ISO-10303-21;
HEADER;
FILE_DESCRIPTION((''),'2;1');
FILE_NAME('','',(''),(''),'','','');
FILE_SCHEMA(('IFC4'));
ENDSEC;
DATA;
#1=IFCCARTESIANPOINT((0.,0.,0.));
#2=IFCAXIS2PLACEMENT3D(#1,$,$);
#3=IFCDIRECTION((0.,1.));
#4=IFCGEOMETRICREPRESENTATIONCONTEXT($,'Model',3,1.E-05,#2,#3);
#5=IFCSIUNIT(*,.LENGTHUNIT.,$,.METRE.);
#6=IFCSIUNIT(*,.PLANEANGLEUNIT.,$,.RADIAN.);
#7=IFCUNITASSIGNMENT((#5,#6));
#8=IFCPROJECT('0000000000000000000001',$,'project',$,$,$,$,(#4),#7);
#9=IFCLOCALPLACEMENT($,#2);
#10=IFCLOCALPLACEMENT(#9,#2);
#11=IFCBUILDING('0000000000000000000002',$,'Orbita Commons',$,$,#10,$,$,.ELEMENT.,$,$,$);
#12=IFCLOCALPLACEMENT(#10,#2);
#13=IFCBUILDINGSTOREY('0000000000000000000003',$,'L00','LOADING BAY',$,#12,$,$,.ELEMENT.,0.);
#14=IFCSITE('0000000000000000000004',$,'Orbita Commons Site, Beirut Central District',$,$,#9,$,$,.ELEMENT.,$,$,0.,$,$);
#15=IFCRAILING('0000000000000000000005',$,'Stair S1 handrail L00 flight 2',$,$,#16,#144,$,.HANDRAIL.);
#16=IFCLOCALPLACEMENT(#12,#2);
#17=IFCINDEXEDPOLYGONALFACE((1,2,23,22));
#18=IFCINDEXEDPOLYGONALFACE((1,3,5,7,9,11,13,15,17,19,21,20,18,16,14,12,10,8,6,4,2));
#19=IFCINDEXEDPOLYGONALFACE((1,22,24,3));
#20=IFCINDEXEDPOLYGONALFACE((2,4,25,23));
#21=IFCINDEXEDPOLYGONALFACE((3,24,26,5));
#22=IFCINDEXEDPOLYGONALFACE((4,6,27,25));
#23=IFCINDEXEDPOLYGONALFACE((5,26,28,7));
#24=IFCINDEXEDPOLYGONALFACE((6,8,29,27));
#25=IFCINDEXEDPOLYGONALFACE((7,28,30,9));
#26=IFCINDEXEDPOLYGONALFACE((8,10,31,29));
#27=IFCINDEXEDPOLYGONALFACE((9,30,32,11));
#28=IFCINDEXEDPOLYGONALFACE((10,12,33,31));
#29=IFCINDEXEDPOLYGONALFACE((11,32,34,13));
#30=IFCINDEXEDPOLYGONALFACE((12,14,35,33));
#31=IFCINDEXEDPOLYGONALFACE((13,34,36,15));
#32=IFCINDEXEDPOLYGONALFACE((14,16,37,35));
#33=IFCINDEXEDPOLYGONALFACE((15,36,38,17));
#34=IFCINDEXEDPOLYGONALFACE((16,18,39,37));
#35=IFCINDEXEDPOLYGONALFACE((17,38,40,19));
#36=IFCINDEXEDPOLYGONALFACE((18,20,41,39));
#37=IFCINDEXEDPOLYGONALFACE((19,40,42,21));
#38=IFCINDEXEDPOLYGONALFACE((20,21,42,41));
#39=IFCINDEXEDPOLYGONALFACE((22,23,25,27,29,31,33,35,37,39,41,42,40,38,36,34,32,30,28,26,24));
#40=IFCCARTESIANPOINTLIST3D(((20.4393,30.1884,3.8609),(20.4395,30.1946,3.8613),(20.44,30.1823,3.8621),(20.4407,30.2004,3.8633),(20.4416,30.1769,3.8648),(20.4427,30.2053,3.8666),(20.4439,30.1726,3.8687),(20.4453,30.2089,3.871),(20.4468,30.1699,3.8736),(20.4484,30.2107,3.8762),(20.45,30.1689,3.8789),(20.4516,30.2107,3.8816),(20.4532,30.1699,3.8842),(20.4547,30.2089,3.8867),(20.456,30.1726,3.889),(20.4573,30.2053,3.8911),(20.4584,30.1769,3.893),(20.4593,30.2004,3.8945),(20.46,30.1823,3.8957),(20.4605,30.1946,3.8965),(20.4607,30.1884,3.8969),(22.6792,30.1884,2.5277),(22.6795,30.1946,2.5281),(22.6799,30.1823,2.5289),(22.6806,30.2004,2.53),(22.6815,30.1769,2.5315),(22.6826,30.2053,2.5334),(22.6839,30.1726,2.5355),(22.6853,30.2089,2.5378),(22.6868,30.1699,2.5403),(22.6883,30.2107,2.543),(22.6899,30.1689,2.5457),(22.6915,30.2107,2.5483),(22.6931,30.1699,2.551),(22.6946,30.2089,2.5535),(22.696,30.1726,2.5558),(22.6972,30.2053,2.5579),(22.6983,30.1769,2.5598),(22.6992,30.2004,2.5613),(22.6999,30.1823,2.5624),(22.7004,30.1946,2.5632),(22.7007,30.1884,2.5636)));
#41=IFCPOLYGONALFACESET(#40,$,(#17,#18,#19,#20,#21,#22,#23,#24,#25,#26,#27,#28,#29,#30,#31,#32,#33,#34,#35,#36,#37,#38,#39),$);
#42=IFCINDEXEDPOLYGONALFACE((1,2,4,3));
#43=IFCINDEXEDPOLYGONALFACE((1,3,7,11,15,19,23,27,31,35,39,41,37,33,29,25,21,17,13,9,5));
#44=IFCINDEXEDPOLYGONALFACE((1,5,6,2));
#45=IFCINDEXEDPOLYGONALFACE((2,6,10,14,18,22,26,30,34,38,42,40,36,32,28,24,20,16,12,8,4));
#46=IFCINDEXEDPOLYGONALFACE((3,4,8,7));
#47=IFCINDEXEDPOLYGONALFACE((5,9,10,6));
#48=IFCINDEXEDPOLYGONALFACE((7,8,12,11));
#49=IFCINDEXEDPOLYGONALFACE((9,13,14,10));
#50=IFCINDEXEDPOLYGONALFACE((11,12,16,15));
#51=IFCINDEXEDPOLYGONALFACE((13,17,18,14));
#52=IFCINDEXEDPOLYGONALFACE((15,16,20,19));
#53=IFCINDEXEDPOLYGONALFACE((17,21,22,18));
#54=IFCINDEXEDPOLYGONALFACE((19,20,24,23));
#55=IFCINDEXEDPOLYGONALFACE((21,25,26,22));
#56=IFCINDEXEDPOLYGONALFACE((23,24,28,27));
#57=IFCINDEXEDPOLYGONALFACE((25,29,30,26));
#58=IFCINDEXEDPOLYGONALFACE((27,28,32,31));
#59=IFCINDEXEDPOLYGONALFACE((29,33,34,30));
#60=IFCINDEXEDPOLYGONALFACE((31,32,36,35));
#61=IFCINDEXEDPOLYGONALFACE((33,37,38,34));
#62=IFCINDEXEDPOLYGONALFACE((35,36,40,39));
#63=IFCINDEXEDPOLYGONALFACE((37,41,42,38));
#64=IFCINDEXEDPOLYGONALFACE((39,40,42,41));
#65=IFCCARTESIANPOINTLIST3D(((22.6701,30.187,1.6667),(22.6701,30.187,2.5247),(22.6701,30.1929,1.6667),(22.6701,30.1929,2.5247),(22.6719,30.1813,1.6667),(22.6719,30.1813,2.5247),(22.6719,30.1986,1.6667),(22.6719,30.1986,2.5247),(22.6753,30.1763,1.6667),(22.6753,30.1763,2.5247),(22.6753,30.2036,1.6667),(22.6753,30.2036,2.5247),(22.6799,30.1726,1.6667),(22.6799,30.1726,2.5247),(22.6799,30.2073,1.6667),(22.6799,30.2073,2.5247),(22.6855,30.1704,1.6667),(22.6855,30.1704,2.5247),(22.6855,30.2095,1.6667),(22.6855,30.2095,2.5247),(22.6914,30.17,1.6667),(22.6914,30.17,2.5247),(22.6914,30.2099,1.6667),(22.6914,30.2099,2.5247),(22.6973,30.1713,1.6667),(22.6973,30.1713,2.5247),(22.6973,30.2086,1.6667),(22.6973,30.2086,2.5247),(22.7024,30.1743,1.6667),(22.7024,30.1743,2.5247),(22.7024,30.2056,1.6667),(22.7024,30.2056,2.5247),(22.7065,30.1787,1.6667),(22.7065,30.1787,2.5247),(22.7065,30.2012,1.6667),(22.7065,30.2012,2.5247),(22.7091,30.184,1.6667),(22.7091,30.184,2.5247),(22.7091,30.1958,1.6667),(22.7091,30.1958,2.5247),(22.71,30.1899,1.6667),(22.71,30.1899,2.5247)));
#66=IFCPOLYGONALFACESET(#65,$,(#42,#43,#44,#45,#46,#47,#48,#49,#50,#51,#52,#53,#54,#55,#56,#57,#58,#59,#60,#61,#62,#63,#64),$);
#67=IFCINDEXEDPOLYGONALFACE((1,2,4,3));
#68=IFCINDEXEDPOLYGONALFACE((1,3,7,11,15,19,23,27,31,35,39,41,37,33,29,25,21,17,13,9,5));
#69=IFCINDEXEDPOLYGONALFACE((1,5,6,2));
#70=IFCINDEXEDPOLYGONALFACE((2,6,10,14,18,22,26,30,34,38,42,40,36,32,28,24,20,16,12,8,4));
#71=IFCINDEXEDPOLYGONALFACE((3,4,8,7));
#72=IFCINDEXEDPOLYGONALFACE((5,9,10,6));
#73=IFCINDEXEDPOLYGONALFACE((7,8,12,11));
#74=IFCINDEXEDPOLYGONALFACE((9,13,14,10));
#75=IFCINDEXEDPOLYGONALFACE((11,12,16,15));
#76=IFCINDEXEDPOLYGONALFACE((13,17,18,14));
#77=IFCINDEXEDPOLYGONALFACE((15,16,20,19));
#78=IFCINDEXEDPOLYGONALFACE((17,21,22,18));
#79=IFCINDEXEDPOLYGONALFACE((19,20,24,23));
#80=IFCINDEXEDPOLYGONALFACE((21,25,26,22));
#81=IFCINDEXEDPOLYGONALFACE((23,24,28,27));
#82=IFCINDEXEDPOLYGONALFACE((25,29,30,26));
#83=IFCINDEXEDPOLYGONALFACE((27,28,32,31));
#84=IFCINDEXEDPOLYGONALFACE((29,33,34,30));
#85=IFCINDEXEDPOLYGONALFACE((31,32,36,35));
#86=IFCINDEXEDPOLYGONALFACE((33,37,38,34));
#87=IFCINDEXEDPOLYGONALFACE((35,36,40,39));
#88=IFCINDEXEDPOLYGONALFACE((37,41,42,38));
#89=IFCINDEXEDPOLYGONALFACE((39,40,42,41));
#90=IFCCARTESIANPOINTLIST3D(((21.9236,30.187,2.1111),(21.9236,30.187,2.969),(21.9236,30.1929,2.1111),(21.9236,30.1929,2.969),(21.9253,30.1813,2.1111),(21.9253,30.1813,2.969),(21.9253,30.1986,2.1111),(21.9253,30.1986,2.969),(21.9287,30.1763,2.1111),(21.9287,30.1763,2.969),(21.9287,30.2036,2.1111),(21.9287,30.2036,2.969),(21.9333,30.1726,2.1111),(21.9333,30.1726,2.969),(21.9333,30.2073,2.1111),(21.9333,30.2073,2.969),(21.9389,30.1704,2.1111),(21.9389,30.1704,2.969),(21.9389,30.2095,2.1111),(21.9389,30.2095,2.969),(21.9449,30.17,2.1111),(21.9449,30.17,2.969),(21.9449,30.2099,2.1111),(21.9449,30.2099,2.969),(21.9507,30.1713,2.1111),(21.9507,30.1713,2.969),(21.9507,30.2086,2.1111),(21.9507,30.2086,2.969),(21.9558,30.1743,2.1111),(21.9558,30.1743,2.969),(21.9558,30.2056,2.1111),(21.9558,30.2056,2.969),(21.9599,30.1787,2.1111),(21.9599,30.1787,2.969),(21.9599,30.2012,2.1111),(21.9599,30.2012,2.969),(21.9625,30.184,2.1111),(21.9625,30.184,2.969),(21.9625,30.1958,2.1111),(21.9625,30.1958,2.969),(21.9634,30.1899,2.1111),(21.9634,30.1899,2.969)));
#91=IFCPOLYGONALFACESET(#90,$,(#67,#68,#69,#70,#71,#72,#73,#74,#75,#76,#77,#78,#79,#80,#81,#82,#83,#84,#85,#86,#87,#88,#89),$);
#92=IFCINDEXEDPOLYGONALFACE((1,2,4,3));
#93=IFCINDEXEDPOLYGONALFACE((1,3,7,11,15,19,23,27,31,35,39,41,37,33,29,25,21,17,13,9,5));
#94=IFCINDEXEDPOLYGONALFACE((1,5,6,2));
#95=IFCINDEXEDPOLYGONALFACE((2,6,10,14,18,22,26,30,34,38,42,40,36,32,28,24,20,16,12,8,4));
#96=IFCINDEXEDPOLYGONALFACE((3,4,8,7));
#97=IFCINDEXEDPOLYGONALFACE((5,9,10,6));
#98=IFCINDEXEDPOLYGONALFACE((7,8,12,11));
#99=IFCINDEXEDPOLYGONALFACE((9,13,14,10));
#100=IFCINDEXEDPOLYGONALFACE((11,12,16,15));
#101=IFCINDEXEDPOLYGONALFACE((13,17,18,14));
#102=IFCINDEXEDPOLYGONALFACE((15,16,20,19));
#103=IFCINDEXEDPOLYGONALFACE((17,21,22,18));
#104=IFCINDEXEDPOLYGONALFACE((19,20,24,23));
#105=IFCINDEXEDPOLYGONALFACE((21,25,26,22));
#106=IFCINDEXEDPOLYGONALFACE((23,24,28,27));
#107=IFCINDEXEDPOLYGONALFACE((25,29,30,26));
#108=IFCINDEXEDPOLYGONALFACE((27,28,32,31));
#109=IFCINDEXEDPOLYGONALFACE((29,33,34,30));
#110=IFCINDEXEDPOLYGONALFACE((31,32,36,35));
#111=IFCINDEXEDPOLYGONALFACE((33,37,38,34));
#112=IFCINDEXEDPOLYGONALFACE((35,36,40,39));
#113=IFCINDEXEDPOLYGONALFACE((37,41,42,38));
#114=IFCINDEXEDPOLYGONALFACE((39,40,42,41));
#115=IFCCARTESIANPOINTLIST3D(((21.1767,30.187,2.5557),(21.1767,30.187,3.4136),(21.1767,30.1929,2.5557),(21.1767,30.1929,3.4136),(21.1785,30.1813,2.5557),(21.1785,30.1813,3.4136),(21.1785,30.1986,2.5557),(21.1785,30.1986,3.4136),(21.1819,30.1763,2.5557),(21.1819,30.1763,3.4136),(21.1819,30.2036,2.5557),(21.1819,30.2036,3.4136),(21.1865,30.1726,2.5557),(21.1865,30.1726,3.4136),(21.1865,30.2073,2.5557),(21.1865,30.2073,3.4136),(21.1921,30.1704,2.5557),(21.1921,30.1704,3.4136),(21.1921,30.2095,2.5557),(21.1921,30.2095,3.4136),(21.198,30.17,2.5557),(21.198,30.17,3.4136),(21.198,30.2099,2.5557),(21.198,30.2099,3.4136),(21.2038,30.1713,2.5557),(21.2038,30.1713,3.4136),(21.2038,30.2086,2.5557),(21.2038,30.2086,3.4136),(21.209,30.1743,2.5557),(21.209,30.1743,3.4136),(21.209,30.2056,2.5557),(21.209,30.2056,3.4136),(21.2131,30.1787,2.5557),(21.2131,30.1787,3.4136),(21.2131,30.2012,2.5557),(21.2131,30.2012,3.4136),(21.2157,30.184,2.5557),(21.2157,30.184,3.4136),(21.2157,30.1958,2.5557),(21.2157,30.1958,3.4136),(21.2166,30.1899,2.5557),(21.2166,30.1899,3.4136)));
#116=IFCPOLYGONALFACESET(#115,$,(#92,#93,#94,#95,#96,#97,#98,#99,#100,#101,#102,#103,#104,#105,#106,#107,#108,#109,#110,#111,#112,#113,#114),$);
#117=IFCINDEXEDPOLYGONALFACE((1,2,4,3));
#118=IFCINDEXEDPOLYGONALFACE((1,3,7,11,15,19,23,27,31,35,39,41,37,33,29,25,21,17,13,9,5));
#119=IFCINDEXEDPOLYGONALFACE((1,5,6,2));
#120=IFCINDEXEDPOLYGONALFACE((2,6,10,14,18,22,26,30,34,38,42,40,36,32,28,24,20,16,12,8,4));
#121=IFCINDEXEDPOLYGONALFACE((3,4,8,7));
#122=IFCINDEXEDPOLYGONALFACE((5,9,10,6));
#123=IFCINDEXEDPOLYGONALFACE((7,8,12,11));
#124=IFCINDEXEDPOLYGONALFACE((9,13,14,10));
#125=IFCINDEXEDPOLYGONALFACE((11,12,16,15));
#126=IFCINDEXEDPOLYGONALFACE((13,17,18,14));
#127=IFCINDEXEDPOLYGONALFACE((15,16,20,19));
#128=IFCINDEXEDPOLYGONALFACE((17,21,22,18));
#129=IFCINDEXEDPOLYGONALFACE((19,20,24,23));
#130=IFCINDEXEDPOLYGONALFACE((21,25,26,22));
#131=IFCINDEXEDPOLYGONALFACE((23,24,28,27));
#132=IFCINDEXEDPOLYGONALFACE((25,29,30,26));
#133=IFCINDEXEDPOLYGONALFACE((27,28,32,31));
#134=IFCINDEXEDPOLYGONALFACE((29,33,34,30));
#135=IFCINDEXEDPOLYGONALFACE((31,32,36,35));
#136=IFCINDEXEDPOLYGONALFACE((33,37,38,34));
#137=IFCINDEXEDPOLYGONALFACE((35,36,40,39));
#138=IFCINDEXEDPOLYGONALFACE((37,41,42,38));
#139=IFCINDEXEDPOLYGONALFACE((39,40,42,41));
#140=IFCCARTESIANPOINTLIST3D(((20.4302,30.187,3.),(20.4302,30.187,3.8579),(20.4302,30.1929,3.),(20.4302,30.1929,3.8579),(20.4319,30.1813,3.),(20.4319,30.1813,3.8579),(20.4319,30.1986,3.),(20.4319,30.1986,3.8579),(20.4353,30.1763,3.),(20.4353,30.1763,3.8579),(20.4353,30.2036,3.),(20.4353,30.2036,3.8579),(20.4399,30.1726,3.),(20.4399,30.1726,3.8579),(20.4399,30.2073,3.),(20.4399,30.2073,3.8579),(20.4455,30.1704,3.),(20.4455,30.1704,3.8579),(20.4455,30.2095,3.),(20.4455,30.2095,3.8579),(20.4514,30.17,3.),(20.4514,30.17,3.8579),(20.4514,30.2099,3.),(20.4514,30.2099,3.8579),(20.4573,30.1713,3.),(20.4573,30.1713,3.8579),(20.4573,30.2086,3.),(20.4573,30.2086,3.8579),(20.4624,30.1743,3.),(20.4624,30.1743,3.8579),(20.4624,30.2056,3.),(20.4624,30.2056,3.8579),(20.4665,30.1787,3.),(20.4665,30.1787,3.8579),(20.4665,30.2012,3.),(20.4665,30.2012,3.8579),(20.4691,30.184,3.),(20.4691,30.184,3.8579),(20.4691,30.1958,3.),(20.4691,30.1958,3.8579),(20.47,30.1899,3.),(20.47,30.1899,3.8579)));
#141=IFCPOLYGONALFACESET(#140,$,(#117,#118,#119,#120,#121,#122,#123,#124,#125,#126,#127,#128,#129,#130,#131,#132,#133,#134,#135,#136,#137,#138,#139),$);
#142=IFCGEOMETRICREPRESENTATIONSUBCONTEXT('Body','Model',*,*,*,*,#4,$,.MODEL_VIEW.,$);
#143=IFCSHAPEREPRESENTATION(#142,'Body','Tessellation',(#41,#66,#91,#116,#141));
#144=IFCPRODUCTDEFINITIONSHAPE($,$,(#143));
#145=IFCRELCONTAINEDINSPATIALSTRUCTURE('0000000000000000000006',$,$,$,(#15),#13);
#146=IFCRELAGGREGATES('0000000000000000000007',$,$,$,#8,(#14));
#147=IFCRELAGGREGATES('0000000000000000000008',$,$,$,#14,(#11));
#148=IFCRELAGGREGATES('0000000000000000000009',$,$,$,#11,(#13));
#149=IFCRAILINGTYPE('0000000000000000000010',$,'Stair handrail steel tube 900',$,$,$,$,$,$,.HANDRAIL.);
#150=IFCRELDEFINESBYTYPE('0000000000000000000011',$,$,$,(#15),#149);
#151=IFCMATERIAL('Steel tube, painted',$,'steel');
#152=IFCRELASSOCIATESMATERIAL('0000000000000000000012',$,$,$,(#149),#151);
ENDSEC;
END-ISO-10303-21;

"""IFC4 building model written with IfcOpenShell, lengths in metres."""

from ifc_helpers import new_model, si_unit, direction, frame, origin, origin_2d, place, context, subcontext, project, spatial, circle, extrude, material, type_object, element, save


model = new_model("IFC4")

# Units and contexts
model_context = context("Model", 3, precision=1e-05, world=origin(), true_north=direction((0.0, 1.0)))
body_context = subcontext(model_context, "Body", "Model", "MODEL_VIEW")
ifc_project = project(units=[si_unit("LENGTHUNIT", "METRE"), si_unit("PLANEANGLEUNIT", "RADIAN")], contexts=[model_context])

# Site, building, storey
site_placement = place(None, origin())
site = spatial("IfcSite", under=ifc_project, at=site_placement, Name="Orbita Commons Site, Beirut Central District", CompositionType="ELEMENT", RefElevation=0.0)
building_placement = place(site_placement, origin())
building = spatial("IfcBuilding", under=site, at=building_placement, Name="Orbita Commons", CompositionType="ELEMENT")
storey_placement = place(building_placement, origin())
storey = spatial("IfcBuildingStorey", under=building, at=storey_placement, Name="L00", Description="LOADING BAY", CompositionType="ELEMENT", Elevation=0.0)

# Railing
ifc_material_1 = material(Name="Steel tube, painted", Category="steel")
railing_type = type_object("IfcRailingType", Name="Stair handrail steel tube 900", PredefinedType="HANDRAIL", material=ifc_material_1)
for number, where, name in (
    (1, (22.6899, 30.1899, 1.6667), "Stair S1 handrail L00 flight 2"),
):
    element("IfcRailing", number, at=place(storey_placement, frame(where)), inside=storey, type_object=railing_type, Name=name, PredefinedType="HANDRAIL", context=body_context, shape_type="SweptSolid", body=[
        extrude(circle(Radius=0.021, at=origin_2d()), frame((0.0, 0.0, 0.8789), z_axis=(-0.859306, 0.0, 0.511462), x_axis=(0.0, -1.0, 0.0)), (0.0, 0.0, 1.0), 2.6067),
        extrude(circle(Radius=0.02, at=origin_2d()), origin(), (0.0, 0.0, 1.0), 0.8579),
        extrude(circle(Radius=0.02, at=origin_2d()), frame((-0.7466, 0.0, 0.4443)), (0.0, 0.0, 1.0), 0.8579),
        extrude(circle(Radius=0.02, at=origin_2d()), frame((-1.4934, 0.0, 0.8889)), (0.0, 0.0, 1.0), 0.8579),
        extrude(circle(Radius=0.02, at=origin_2d()), frame((-2.24, 0.0, 1.3333)), (0.0, 0.0, 1.0), 0.8579),
    ])

save(model, "model.ifc")
